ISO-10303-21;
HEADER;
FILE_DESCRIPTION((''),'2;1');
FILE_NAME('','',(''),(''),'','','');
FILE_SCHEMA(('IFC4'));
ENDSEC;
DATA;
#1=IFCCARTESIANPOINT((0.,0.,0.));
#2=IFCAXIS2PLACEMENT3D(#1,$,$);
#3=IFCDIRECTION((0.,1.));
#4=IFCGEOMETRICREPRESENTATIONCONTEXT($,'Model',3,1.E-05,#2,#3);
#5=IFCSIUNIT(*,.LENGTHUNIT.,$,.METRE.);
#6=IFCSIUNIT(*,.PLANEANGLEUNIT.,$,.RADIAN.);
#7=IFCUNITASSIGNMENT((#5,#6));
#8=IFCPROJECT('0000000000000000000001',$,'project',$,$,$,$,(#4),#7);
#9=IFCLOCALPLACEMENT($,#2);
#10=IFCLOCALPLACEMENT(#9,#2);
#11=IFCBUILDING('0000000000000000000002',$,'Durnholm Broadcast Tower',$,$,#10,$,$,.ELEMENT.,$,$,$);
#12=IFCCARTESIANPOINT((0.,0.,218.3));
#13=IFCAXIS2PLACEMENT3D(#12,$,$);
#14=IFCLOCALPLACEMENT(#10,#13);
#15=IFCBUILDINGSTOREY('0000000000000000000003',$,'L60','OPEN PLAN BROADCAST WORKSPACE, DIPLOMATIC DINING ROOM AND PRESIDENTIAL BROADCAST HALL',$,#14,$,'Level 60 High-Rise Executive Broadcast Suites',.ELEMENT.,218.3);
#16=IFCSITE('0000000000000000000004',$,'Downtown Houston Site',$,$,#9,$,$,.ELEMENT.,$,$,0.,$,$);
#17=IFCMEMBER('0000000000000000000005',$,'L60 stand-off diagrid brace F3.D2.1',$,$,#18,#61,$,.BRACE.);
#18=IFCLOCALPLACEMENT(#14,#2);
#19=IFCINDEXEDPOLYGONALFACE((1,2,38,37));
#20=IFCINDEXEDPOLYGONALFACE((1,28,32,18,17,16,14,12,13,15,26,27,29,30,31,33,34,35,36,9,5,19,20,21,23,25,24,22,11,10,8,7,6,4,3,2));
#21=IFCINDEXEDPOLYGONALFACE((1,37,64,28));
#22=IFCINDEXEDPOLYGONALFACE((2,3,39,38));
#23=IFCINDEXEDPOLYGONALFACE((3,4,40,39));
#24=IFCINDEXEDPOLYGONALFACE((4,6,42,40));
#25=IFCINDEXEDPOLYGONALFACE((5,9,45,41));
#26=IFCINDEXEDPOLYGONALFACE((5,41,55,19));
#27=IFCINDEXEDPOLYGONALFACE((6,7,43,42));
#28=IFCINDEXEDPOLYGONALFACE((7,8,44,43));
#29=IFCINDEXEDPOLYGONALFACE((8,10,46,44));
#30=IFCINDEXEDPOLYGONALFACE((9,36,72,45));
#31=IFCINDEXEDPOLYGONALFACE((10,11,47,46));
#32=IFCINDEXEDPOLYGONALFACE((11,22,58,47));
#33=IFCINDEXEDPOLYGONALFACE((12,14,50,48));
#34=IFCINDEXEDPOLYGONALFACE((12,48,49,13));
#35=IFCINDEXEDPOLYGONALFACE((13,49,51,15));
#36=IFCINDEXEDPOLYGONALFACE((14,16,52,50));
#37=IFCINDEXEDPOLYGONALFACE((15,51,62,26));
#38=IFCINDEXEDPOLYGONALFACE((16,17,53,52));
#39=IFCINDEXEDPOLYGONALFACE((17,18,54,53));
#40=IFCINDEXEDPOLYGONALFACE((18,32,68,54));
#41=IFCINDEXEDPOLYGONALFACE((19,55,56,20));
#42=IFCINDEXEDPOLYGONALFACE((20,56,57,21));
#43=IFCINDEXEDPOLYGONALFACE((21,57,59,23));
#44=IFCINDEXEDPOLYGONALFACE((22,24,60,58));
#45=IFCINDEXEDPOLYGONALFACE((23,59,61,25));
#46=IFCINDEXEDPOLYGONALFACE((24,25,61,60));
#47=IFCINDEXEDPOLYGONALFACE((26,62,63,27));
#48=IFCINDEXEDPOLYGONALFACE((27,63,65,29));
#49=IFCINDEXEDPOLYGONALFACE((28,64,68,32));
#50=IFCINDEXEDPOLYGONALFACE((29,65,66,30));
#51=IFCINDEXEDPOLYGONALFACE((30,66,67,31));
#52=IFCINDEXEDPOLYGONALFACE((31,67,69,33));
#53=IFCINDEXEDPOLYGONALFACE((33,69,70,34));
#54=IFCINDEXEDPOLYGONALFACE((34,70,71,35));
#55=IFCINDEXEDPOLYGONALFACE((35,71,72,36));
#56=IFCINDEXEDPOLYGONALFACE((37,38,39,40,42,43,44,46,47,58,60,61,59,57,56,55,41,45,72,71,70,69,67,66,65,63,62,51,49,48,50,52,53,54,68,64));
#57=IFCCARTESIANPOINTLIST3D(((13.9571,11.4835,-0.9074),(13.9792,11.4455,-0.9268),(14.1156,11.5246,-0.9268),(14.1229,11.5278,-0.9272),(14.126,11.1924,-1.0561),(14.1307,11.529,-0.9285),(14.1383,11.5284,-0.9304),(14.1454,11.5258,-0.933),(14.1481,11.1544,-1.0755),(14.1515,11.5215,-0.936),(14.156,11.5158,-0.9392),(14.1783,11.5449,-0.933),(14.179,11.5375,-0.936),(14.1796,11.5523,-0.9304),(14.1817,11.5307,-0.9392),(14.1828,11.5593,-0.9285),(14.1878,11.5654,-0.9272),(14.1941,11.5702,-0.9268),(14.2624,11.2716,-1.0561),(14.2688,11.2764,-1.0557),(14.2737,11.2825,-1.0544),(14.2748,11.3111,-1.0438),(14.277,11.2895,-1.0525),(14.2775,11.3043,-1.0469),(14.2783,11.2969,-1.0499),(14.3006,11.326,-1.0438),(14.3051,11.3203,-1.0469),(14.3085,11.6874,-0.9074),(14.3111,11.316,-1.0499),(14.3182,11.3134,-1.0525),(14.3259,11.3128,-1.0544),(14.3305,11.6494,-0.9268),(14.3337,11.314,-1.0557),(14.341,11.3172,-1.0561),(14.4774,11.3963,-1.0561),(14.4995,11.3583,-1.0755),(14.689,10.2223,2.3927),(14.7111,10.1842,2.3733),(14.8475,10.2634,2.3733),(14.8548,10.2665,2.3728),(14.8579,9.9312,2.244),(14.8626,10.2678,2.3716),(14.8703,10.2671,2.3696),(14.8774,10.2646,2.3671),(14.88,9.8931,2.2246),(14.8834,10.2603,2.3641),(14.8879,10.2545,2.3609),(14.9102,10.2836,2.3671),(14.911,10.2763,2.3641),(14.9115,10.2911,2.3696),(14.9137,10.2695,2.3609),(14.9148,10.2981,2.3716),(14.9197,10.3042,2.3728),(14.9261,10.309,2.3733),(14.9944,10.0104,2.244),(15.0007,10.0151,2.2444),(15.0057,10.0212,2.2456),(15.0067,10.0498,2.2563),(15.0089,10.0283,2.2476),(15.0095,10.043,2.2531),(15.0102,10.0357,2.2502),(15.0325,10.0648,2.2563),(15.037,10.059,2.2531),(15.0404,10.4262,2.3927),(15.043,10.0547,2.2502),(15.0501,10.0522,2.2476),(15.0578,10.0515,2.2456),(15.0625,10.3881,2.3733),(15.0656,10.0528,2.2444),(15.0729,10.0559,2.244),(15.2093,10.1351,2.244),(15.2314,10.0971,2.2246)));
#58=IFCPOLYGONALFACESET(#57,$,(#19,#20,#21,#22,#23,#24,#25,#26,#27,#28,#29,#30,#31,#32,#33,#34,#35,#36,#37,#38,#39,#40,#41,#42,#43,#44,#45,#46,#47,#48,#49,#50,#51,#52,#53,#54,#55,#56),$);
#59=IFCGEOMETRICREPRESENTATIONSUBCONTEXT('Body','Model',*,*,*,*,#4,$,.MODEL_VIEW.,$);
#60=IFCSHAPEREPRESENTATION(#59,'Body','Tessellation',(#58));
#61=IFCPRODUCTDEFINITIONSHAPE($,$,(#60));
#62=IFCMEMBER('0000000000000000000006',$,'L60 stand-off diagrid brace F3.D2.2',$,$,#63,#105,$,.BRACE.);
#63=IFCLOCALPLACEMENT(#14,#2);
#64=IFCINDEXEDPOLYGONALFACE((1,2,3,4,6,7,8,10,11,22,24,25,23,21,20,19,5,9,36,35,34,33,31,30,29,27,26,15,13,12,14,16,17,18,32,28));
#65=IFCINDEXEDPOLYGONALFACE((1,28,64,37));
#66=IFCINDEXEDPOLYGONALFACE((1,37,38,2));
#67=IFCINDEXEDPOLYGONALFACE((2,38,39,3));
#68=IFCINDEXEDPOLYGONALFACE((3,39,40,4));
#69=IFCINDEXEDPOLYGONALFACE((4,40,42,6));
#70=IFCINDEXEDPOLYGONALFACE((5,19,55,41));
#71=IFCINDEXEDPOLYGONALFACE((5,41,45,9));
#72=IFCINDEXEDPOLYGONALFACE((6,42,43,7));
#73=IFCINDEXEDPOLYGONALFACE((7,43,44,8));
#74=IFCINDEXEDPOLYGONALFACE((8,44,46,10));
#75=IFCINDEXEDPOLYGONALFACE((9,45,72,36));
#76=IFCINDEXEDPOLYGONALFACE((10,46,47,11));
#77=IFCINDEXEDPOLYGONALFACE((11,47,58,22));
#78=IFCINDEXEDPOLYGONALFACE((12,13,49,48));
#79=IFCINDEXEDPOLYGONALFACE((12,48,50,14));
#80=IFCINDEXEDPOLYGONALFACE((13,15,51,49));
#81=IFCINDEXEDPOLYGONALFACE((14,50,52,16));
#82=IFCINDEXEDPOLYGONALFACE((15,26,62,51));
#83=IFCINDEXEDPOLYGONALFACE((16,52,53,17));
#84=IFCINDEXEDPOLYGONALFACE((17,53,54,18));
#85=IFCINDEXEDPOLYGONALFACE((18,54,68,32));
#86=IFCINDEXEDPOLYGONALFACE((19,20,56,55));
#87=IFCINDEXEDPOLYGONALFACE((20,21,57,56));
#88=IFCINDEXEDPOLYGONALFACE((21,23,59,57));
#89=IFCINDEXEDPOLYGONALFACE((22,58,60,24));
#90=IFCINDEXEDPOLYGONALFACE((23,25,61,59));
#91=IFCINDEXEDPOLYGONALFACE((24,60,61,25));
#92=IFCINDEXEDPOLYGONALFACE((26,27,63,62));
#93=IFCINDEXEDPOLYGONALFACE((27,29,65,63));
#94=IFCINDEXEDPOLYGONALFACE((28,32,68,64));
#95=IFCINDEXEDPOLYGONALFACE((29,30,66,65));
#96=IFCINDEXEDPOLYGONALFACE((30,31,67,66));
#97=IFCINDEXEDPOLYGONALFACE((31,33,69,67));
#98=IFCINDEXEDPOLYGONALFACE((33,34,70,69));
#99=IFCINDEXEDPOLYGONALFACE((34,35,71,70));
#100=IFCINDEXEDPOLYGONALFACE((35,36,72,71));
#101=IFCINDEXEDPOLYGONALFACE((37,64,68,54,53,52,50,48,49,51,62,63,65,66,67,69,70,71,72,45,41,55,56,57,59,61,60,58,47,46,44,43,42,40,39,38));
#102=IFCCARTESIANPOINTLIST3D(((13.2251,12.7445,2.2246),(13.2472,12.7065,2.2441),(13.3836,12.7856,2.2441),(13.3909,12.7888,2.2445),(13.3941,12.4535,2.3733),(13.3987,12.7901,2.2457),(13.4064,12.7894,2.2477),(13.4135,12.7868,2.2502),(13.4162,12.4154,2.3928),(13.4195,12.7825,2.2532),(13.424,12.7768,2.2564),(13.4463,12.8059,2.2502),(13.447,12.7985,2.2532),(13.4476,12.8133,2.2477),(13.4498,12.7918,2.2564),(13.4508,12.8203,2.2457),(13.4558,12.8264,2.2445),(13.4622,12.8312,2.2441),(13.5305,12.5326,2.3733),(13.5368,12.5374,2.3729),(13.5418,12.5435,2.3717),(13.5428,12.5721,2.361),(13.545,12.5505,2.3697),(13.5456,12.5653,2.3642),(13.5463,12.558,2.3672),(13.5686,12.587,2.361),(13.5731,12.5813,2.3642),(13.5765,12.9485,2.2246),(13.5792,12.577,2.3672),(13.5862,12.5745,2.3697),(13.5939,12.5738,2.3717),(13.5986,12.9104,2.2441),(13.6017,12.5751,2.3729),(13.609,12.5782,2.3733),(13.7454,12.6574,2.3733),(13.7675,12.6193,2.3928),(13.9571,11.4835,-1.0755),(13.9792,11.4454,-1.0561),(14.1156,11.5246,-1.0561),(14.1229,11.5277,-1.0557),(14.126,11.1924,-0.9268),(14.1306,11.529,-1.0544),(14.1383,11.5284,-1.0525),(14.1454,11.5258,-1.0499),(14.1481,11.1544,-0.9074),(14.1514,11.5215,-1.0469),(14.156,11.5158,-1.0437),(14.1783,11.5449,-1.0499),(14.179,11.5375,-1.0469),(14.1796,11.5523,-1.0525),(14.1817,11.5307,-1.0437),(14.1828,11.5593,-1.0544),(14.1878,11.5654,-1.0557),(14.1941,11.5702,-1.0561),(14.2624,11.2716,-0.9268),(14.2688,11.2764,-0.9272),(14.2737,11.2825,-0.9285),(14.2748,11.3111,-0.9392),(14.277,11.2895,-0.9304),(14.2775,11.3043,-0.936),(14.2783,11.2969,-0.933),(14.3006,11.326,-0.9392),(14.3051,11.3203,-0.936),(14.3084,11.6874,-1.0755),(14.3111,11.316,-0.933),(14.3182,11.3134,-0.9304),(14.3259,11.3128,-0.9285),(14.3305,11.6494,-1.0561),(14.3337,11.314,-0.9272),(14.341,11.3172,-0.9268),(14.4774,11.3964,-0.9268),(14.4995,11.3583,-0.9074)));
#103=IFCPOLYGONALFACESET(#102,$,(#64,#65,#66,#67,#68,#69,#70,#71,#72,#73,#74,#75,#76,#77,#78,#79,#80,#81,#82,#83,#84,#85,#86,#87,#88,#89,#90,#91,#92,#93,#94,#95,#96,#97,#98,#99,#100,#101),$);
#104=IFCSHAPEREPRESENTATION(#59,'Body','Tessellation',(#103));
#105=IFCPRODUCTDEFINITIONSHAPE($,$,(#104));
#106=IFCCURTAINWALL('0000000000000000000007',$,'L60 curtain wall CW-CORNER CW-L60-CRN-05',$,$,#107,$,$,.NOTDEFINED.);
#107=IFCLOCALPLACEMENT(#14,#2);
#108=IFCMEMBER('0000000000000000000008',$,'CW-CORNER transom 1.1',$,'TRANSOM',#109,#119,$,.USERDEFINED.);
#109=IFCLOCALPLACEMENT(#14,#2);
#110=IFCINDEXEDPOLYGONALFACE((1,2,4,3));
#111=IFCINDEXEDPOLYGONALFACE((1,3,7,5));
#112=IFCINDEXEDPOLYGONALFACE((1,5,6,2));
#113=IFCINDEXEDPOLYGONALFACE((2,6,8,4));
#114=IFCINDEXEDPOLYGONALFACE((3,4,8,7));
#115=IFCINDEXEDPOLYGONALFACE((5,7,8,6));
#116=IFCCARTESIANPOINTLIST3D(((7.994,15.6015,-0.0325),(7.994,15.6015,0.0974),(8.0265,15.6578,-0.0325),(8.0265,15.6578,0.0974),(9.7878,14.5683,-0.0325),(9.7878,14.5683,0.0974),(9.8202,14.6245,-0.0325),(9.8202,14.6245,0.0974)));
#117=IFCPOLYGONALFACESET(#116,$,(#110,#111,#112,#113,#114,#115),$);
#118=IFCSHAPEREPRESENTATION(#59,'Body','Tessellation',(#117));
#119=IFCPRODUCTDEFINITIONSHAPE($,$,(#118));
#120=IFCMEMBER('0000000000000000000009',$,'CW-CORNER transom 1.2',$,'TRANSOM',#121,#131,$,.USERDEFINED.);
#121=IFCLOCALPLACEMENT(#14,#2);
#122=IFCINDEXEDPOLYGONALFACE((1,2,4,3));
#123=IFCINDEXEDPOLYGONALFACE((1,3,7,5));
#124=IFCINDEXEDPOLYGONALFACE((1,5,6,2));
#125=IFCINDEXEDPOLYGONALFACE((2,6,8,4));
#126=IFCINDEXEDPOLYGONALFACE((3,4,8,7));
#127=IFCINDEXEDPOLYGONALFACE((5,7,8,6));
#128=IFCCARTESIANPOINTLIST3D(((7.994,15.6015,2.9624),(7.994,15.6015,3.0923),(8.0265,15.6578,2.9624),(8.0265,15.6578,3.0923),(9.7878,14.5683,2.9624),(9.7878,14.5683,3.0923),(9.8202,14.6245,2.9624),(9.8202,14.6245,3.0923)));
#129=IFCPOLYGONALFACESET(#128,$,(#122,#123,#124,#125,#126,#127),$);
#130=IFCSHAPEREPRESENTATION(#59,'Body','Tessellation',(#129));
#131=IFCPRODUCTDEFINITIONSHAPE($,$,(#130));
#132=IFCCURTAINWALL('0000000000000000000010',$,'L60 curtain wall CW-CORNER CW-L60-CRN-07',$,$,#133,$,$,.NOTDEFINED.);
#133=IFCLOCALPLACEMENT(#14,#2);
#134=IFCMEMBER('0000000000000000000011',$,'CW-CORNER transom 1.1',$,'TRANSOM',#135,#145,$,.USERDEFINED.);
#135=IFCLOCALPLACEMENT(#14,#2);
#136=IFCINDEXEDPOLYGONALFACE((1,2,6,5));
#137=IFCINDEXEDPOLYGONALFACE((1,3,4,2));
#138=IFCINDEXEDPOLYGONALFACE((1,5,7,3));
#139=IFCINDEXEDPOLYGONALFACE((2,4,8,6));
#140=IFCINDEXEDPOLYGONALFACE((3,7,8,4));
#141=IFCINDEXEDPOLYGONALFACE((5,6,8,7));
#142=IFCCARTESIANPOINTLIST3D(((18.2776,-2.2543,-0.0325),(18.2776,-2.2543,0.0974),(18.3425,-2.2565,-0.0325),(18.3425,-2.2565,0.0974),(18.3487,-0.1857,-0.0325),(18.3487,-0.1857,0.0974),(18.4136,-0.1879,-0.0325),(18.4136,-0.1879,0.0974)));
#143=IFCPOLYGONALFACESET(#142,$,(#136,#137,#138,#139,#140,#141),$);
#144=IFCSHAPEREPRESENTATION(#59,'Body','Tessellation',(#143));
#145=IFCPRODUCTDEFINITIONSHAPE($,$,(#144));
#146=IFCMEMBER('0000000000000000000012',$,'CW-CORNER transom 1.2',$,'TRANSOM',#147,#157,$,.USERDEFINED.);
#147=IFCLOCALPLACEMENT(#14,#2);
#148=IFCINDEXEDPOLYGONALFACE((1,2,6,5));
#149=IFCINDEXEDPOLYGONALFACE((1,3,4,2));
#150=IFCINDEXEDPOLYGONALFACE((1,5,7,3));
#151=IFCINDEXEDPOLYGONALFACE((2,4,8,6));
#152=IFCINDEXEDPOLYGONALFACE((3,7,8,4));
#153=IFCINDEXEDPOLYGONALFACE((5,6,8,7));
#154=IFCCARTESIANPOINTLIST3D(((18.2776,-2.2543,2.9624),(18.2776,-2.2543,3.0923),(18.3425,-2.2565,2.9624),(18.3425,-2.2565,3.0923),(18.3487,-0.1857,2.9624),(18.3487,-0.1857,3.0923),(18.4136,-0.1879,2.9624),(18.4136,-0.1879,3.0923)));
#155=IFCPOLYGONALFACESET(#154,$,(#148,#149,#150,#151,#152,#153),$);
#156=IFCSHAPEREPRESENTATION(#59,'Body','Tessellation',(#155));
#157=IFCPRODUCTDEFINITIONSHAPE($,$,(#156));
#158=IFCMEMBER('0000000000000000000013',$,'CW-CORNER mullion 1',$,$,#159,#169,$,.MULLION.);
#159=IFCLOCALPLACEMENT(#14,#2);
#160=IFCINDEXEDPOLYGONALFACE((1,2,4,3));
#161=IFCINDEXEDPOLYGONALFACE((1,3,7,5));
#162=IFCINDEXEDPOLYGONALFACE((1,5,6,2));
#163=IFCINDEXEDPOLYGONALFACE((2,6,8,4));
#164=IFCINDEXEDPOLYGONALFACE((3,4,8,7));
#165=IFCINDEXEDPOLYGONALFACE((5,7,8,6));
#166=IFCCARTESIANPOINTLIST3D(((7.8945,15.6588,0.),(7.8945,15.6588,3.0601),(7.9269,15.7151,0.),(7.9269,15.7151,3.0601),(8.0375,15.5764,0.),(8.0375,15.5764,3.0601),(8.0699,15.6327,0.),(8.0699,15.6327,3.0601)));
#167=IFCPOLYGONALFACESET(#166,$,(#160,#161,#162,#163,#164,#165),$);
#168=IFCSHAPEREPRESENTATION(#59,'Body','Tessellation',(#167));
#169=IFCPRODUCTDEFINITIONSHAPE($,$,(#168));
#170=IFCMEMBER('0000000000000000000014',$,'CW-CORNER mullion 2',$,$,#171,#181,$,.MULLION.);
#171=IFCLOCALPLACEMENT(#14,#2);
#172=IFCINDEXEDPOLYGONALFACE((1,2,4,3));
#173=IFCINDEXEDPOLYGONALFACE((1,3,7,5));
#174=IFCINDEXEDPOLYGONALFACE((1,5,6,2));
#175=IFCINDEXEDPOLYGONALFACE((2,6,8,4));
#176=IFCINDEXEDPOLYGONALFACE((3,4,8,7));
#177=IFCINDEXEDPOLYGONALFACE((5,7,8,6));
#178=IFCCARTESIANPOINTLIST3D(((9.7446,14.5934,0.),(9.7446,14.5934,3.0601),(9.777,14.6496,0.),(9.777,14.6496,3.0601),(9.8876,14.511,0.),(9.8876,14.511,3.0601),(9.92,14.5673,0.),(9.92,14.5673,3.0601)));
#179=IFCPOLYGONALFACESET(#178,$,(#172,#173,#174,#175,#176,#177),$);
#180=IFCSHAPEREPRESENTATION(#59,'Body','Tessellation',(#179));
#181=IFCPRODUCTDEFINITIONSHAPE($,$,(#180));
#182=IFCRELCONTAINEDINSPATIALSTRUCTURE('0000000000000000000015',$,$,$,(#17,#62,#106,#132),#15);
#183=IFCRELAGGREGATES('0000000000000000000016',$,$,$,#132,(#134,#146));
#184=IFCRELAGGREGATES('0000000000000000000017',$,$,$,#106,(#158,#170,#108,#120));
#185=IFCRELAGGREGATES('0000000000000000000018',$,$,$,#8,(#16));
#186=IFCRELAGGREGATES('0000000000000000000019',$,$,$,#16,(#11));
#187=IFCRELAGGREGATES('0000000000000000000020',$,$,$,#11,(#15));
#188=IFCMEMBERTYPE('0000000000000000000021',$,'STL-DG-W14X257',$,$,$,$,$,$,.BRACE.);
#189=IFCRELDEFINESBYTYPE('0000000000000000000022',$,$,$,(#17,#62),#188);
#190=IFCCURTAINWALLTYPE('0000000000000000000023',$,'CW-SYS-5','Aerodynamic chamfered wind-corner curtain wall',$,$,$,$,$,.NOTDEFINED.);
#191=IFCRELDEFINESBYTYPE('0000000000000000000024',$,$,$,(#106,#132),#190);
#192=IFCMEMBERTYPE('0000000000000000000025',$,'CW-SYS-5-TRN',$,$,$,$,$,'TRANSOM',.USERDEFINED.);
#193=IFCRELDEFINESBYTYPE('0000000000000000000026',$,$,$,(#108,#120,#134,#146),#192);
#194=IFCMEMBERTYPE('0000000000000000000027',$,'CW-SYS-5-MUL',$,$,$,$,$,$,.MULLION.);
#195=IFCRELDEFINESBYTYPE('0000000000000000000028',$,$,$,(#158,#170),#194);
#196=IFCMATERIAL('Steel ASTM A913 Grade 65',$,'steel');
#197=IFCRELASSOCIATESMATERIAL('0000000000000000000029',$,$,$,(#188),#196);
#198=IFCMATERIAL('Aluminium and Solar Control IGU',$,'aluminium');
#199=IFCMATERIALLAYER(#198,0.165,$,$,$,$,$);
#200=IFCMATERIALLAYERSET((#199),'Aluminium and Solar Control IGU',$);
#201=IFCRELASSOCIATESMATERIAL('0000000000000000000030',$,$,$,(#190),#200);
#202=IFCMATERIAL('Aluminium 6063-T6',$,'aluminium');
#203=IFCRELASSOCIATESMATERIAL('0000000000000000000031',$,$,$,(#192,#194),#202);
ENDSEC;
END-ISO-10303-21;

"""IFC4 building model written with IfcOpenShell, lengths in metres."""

from ifc_helpers import new_model, si_unit, direction, frame, origin, origin_2d, place, context, subcontext, project, spatial, rectangle, i_section, extrude, source, transform, mapped, material, layer, layer_set, material_profile, profile_set, type_object, type_shapes, element, aggregate, save


model = new_model("IFC4")

# Units and contexts
model_context = context("Model", 3, precision=1e-05, world=origin(), true_north=direction((0.0, 1.0)))
body_context = subcontext(model_context, "Body", "Model", "MODEL_VIEW")
ifc_project = project(units=[si_unit("LENGTHUNIT", "METRE"), si_unit("PLANEANGLEUNIT", "RADIAN")], contexts=[model_context])

# Site, building, storey
site_placement = place(None, origin())
site = spatial("IfcSite", under=ifc_project, at=site_placement, Name="Downtown Houston Site", CompositionType="ELEMENT", RefElevation=0.0)
building_placement = place(site_placement, origin())
building = spatial("IfcBuilding", under=site, at=building_placement, Name="Durnholm Broadcast Tower", CompositionType="ELEMENT")
storey_placement = place(building_placement, frame((0.0, 0.0, 218.3)))
storey = spatial("IfcBuildingStorey", under=building, at=storey_placement, Name="L60", Description="OPEN PLAN BROADCAST WORKSPACE, DIPLOMATIC DINING ROOM AND PRESIDENTIAL BROADCAST HALL", LongName="Level 60 High-Rise Executive Broadcast Suites", CompositionType="ELEMENT", Elevation=218.3)

# Members
ifc_material_1 = material(Name="Steel ASTM A913 Grade 65", Category="steel")
ifc_material_profile_1 = material_profile(ifc_material_1, i_section(OverallWidth=0.4062, OverallDepth=0.416, WebThickness=0.0298, FlangeThickness=0.0481, FilletRadius=0.0305, at=origin_2d()), Name="W14X257")
ifc_profile_set_1 = profile_set([ifc_material_profile_1], Name="Steel ASTM A913 Grade 65")
member_type_1 = type_object("IfcMemberType", Name="STL-DG-W14X257", PredefinedType="BRACE", material=ifc_profile_set_1)
shared_shape_1 = source(origin(), body_context, "Body", "SweptSolid", [
    extrude(i_section(OverallWidth=0.4062, OverallDepth=0.416, WebThickness=0.0298, FlangeThickness=0.0481, FilletRadius=0.0305, at=origin_2d()), origin(), (0.0, 0.0, 1.0), 3.6079),
])
type_shapes(member_type_1, [shared_shape_1])
for number, where, z_axis, x_axis, name in (
    (1, (14.2283, 11.4209, -0.9915), (0.202871, -0.349577, 0.91468), (0.864906, 0.501934, 0.0), "L60 stand-off diagrid brace F3.D2.1"),
    (2, (14.2283, 11.4209, -0.9915), (-0.202876, 0.349518, 0.914701), (-0.864864, -0.502006, 0.0), "L60 stand-off diagrid brace F3.D2.2"),
):
    element("IfcMember", number, at=place(storey_placement, frame(where, z_axis=z_axis, x_axis=x_axis)), inside=storey, type_object=member_type_1, Name=name, PredefinedType="BRACE", context=body_context, shape_type="MappedRepresentation", body=[
        mapped(shared_shape_1, transform((0.0, 0.0, 0.0), x_axis=(1.0, 0.0, 0.0), y_axis=(0.0, 1.0, 0.0), z_axis=(0.0, 0.0, 1.0), scale=1.0)),
    ])

# Curtain walls, members
ifc_material_2 = material(Name="Aluminium and Solar Control IGU", Category="aluminium")
ifc_layer_1 = layer(ifc_material_2, 0.165)
ifc_layer_set_1 = layer_set([ifc_layer_1], Name="Aluminium and Solar Control IGU")
curtain_wall_type_1 = type_object("IfcCurtainWallType", Name="CW-SYS-5", Description="Aerodynamic chamfered wind-corner curtain wall", PredefinedType="NOTDEFINED", material=ifc_layer_set_1)
curtain_wall_1_placement = place(storey_placement, origin())
curtain_wall_1 = element("IfcCurtainWall", 3, at=curtain_wall_1_placement, inside=storey, type_object=curtain_wall_type_1, Name="L60 curtain wall CW-CORNER CW-L60-CRN-05", PredefinedType="NOTDEFINED")
ifc_material_3 = material(Name="Aluminium 6063-T6", Category="aluminium")
ifc_material_profile_2 = material_profile(ifc_material_3, rectangle(XDim=0.0649, YDim=0.1299, at=origin_2d()), Name="CWT65X130")
ifc_profile_set_2 = profile_set([ifc_material_profile_2], Name="Aluminium 6063-T6")
member_type_2 = type_object("IfcMemberType", Name="CW-SYS-5-TRN", ElementType="TRANSOM", PredefinedType="USERDEFINED", material=ifc_profile_set_2)
shared_shape_2 = source(origin(), body_context, "Body", "SweptSolid", [
    extrude(rectangle(XDim=0.0649, YDim=0.1299, at=origin_2d()), origin(), (0.0, 0.0, 1.0), 2.0701),
])
member_1_placement = place(storey_placement, frame((8.0103, 15.6296, 0.0325), z_axis=(0.866525, -0.499134, 0.0), x_axis=(0.499134, 0.866525, 0.0)))
member_1 = element("IfcMember", 4, at=member_1_placement, type_object=member_type_2, Name="CW-CORNER transom 1.1", ObjectType="TRANSOM", PredefinedType="USERDEFINED", context=body_context, shape_type="MappedRepresentation", body=[
    mapped(shared_shape_2, transform((0.0, 0.0, 0.0), x_axis=(1.0, 0.0, 0.0), y_axis=(0.0, 1.0, 0.0), z_axis=(0.0, 0.0, 1.0), scale=1.0)),
])
member_2_placement = place(storey_placement, frame((8.0103, 15.6296, 3.0273), z_axis=(0.866525, -0.499134, 0.0), x_axis=(0.499134, 0.866525, 0.0)))
member_2 = element("IfcMember", 5, at=member_2_placement, type_object=member_type_2, Name="CW-CORNER transom 1.2", ObjectType="TRANSOM", PredefinedType="USERDEFINED", context=body_context, shape_type="MappedRepresentation", body=[
    mapped(shared_shape_2, transform((0.0, 0.0, 0.0), x_axis=(1.0, 0.0, 0.0), y_axis=(0.0, 1.0, 0.0), z_axis=(0.0, 0.0, 1.0), scale=1.0)),
])
curtain_wall_2_placement = place(storey_placement, origin())
curtain_wall_2 = element("IfcCurtainWall", 6, at=curtain_wall_2_placement, inside=storey, type_object=curtain_wall_type_1, Name="L60 curtain wall CW-CORNER CW-L60-CRN-07", PredefinedType="NOTDEFINED")
shared_shape_3 = source(origin(), body_context, "Body", "SweptSolid", [
    extrude(rectangle(XDim=0.0649, YDim=0.1299, at=origin_2d()), origin(), (0.0, 0.0, 1.0), 2.0698),
])
type_shapes(member_type_2, [shared_shape_2, shared_shape_3])
member_3_placement = place(storey_placement, frame((18.3811, -0.1868, 0.0325), z_axis=(-0.034324, -0.999411, 0.0), x_axis=(0.999411, -0.034324, 0.0)))
member_3 = element("IfcMember", 7, at=member_3_placement, type_object=member_type_2, Name="CW-CORNER transom 1.1", ObjectType="TRANSOM", PredefinedType="USERDEFINED", context=body_context, shape_type="MappedRepresentation", body=[
    mapped(shared_shape_3, transform((0.0, 0.0, 0.0), x_axis=(1.0, 0.0, 0.0), y_axis=(0.0, 1.0, 0.0), z_axis=(0.0, 0.0, 1.0), scale=1.0)),
])
member_4_placement = place(storey_placement, frame((18.3811, -0.1868, 3.0273), z_axis=(-0.034324, -0.999411, 0.0), x_axis=(0.999411, -0.034324, 0.0)))
member_4 = element("IfcMember", 8, at=member_4_placement, type_object=member_type_2, Name="CW-CORNER transom 1.2", ObjectType="TRANSOM", PredefinedType="USERDEFINED", context=body_context, shape_type="MappedRepresentation", body=[
    mapped(shared_shape_3, transform((0.0, 0.0, 0.0), x_axis=(1.0, 0.0, 0.0), y_axis=(0.0, 1.0, 0.0), z_axis=(0.0, 0.0, 1.0), scale=1.0)),
])

# Members
ifc_material_profile_3 = material_profile(ifc_material_3, rectangle(XDim=0.0649, YDim=0.165, at=origin_2d()), Name="CWM65X165")
ifc_profile_set_3 = profile_set([ifc_material_profile_3], Name="Aluminium 6063-T6")
member_type_3 = type_object("IfcMemberType", Name="CW-SYS-5-MUL", PredefinedType="MULLION", material=ifc_profile_set_3)
shared_shape_4 = source(origin(), body_context, "Body", "SweptSolid", [
    extrude(rectangle(XDim=0.0649, YDim=0.165, at=origin_2d()), origin(), (0.0, 0.0, 1.0), 3.0601),
])
type_shapes(member_type_3, [shared_shape_4])
member_5_placement = place(storey_placement, frame((7.9822, 15.6458, 0.0), z_axis=(0.0, 0.0, 1.0), x_axis=(0.499059, 0.866568, 0.0)))
member_5 = element("IfcMember", 9, at=member_5_placement, type_object=member_type_3, Name="CW-CORNER mullion 1", PredefinedType="MULLION", context=body_context, shape_type="MappedRepresentation", body=[
    mapped(shared_shape_4, transform((0.0, 0.0, 0.0), x_axis=(1.0, 0.0, 0.0), y_axis=(0.0, 1.0, 0.0), z_axis=(0.0, 0.0, 1.0), scale=1.0)),
])
member_6_placement = place(storey_placement, frame((9.8323, 14.5803, 0.0), z_axis=(0.0, 0.0, 1.0), x_axis=(0.499059, 0.866568, 0.0)))
member_6 = element("IfcMember", 10, at=member_6_placement, type_object=member_type_3, Name="CW-CORNER mullion 2", PredefinedType="MULLION", context=body_context, shape_type="MappedRepresentation", body=[
    mapped(shared_shape_4, transform((0.0, 0.0, 0.0), x_axis=(1.0, 0.0, 0.0), y_axis=(0.0, 1.0, 0.0), z_axis=(0.0, 0.0, 1.0), scale=1.0)),
])
aggregate(curtain_wall_2, [member_3, member_4])

aggregate(curtain_wall_1, [member_5, member_6, member_1, member_2])

save(model, "model.ifc")
